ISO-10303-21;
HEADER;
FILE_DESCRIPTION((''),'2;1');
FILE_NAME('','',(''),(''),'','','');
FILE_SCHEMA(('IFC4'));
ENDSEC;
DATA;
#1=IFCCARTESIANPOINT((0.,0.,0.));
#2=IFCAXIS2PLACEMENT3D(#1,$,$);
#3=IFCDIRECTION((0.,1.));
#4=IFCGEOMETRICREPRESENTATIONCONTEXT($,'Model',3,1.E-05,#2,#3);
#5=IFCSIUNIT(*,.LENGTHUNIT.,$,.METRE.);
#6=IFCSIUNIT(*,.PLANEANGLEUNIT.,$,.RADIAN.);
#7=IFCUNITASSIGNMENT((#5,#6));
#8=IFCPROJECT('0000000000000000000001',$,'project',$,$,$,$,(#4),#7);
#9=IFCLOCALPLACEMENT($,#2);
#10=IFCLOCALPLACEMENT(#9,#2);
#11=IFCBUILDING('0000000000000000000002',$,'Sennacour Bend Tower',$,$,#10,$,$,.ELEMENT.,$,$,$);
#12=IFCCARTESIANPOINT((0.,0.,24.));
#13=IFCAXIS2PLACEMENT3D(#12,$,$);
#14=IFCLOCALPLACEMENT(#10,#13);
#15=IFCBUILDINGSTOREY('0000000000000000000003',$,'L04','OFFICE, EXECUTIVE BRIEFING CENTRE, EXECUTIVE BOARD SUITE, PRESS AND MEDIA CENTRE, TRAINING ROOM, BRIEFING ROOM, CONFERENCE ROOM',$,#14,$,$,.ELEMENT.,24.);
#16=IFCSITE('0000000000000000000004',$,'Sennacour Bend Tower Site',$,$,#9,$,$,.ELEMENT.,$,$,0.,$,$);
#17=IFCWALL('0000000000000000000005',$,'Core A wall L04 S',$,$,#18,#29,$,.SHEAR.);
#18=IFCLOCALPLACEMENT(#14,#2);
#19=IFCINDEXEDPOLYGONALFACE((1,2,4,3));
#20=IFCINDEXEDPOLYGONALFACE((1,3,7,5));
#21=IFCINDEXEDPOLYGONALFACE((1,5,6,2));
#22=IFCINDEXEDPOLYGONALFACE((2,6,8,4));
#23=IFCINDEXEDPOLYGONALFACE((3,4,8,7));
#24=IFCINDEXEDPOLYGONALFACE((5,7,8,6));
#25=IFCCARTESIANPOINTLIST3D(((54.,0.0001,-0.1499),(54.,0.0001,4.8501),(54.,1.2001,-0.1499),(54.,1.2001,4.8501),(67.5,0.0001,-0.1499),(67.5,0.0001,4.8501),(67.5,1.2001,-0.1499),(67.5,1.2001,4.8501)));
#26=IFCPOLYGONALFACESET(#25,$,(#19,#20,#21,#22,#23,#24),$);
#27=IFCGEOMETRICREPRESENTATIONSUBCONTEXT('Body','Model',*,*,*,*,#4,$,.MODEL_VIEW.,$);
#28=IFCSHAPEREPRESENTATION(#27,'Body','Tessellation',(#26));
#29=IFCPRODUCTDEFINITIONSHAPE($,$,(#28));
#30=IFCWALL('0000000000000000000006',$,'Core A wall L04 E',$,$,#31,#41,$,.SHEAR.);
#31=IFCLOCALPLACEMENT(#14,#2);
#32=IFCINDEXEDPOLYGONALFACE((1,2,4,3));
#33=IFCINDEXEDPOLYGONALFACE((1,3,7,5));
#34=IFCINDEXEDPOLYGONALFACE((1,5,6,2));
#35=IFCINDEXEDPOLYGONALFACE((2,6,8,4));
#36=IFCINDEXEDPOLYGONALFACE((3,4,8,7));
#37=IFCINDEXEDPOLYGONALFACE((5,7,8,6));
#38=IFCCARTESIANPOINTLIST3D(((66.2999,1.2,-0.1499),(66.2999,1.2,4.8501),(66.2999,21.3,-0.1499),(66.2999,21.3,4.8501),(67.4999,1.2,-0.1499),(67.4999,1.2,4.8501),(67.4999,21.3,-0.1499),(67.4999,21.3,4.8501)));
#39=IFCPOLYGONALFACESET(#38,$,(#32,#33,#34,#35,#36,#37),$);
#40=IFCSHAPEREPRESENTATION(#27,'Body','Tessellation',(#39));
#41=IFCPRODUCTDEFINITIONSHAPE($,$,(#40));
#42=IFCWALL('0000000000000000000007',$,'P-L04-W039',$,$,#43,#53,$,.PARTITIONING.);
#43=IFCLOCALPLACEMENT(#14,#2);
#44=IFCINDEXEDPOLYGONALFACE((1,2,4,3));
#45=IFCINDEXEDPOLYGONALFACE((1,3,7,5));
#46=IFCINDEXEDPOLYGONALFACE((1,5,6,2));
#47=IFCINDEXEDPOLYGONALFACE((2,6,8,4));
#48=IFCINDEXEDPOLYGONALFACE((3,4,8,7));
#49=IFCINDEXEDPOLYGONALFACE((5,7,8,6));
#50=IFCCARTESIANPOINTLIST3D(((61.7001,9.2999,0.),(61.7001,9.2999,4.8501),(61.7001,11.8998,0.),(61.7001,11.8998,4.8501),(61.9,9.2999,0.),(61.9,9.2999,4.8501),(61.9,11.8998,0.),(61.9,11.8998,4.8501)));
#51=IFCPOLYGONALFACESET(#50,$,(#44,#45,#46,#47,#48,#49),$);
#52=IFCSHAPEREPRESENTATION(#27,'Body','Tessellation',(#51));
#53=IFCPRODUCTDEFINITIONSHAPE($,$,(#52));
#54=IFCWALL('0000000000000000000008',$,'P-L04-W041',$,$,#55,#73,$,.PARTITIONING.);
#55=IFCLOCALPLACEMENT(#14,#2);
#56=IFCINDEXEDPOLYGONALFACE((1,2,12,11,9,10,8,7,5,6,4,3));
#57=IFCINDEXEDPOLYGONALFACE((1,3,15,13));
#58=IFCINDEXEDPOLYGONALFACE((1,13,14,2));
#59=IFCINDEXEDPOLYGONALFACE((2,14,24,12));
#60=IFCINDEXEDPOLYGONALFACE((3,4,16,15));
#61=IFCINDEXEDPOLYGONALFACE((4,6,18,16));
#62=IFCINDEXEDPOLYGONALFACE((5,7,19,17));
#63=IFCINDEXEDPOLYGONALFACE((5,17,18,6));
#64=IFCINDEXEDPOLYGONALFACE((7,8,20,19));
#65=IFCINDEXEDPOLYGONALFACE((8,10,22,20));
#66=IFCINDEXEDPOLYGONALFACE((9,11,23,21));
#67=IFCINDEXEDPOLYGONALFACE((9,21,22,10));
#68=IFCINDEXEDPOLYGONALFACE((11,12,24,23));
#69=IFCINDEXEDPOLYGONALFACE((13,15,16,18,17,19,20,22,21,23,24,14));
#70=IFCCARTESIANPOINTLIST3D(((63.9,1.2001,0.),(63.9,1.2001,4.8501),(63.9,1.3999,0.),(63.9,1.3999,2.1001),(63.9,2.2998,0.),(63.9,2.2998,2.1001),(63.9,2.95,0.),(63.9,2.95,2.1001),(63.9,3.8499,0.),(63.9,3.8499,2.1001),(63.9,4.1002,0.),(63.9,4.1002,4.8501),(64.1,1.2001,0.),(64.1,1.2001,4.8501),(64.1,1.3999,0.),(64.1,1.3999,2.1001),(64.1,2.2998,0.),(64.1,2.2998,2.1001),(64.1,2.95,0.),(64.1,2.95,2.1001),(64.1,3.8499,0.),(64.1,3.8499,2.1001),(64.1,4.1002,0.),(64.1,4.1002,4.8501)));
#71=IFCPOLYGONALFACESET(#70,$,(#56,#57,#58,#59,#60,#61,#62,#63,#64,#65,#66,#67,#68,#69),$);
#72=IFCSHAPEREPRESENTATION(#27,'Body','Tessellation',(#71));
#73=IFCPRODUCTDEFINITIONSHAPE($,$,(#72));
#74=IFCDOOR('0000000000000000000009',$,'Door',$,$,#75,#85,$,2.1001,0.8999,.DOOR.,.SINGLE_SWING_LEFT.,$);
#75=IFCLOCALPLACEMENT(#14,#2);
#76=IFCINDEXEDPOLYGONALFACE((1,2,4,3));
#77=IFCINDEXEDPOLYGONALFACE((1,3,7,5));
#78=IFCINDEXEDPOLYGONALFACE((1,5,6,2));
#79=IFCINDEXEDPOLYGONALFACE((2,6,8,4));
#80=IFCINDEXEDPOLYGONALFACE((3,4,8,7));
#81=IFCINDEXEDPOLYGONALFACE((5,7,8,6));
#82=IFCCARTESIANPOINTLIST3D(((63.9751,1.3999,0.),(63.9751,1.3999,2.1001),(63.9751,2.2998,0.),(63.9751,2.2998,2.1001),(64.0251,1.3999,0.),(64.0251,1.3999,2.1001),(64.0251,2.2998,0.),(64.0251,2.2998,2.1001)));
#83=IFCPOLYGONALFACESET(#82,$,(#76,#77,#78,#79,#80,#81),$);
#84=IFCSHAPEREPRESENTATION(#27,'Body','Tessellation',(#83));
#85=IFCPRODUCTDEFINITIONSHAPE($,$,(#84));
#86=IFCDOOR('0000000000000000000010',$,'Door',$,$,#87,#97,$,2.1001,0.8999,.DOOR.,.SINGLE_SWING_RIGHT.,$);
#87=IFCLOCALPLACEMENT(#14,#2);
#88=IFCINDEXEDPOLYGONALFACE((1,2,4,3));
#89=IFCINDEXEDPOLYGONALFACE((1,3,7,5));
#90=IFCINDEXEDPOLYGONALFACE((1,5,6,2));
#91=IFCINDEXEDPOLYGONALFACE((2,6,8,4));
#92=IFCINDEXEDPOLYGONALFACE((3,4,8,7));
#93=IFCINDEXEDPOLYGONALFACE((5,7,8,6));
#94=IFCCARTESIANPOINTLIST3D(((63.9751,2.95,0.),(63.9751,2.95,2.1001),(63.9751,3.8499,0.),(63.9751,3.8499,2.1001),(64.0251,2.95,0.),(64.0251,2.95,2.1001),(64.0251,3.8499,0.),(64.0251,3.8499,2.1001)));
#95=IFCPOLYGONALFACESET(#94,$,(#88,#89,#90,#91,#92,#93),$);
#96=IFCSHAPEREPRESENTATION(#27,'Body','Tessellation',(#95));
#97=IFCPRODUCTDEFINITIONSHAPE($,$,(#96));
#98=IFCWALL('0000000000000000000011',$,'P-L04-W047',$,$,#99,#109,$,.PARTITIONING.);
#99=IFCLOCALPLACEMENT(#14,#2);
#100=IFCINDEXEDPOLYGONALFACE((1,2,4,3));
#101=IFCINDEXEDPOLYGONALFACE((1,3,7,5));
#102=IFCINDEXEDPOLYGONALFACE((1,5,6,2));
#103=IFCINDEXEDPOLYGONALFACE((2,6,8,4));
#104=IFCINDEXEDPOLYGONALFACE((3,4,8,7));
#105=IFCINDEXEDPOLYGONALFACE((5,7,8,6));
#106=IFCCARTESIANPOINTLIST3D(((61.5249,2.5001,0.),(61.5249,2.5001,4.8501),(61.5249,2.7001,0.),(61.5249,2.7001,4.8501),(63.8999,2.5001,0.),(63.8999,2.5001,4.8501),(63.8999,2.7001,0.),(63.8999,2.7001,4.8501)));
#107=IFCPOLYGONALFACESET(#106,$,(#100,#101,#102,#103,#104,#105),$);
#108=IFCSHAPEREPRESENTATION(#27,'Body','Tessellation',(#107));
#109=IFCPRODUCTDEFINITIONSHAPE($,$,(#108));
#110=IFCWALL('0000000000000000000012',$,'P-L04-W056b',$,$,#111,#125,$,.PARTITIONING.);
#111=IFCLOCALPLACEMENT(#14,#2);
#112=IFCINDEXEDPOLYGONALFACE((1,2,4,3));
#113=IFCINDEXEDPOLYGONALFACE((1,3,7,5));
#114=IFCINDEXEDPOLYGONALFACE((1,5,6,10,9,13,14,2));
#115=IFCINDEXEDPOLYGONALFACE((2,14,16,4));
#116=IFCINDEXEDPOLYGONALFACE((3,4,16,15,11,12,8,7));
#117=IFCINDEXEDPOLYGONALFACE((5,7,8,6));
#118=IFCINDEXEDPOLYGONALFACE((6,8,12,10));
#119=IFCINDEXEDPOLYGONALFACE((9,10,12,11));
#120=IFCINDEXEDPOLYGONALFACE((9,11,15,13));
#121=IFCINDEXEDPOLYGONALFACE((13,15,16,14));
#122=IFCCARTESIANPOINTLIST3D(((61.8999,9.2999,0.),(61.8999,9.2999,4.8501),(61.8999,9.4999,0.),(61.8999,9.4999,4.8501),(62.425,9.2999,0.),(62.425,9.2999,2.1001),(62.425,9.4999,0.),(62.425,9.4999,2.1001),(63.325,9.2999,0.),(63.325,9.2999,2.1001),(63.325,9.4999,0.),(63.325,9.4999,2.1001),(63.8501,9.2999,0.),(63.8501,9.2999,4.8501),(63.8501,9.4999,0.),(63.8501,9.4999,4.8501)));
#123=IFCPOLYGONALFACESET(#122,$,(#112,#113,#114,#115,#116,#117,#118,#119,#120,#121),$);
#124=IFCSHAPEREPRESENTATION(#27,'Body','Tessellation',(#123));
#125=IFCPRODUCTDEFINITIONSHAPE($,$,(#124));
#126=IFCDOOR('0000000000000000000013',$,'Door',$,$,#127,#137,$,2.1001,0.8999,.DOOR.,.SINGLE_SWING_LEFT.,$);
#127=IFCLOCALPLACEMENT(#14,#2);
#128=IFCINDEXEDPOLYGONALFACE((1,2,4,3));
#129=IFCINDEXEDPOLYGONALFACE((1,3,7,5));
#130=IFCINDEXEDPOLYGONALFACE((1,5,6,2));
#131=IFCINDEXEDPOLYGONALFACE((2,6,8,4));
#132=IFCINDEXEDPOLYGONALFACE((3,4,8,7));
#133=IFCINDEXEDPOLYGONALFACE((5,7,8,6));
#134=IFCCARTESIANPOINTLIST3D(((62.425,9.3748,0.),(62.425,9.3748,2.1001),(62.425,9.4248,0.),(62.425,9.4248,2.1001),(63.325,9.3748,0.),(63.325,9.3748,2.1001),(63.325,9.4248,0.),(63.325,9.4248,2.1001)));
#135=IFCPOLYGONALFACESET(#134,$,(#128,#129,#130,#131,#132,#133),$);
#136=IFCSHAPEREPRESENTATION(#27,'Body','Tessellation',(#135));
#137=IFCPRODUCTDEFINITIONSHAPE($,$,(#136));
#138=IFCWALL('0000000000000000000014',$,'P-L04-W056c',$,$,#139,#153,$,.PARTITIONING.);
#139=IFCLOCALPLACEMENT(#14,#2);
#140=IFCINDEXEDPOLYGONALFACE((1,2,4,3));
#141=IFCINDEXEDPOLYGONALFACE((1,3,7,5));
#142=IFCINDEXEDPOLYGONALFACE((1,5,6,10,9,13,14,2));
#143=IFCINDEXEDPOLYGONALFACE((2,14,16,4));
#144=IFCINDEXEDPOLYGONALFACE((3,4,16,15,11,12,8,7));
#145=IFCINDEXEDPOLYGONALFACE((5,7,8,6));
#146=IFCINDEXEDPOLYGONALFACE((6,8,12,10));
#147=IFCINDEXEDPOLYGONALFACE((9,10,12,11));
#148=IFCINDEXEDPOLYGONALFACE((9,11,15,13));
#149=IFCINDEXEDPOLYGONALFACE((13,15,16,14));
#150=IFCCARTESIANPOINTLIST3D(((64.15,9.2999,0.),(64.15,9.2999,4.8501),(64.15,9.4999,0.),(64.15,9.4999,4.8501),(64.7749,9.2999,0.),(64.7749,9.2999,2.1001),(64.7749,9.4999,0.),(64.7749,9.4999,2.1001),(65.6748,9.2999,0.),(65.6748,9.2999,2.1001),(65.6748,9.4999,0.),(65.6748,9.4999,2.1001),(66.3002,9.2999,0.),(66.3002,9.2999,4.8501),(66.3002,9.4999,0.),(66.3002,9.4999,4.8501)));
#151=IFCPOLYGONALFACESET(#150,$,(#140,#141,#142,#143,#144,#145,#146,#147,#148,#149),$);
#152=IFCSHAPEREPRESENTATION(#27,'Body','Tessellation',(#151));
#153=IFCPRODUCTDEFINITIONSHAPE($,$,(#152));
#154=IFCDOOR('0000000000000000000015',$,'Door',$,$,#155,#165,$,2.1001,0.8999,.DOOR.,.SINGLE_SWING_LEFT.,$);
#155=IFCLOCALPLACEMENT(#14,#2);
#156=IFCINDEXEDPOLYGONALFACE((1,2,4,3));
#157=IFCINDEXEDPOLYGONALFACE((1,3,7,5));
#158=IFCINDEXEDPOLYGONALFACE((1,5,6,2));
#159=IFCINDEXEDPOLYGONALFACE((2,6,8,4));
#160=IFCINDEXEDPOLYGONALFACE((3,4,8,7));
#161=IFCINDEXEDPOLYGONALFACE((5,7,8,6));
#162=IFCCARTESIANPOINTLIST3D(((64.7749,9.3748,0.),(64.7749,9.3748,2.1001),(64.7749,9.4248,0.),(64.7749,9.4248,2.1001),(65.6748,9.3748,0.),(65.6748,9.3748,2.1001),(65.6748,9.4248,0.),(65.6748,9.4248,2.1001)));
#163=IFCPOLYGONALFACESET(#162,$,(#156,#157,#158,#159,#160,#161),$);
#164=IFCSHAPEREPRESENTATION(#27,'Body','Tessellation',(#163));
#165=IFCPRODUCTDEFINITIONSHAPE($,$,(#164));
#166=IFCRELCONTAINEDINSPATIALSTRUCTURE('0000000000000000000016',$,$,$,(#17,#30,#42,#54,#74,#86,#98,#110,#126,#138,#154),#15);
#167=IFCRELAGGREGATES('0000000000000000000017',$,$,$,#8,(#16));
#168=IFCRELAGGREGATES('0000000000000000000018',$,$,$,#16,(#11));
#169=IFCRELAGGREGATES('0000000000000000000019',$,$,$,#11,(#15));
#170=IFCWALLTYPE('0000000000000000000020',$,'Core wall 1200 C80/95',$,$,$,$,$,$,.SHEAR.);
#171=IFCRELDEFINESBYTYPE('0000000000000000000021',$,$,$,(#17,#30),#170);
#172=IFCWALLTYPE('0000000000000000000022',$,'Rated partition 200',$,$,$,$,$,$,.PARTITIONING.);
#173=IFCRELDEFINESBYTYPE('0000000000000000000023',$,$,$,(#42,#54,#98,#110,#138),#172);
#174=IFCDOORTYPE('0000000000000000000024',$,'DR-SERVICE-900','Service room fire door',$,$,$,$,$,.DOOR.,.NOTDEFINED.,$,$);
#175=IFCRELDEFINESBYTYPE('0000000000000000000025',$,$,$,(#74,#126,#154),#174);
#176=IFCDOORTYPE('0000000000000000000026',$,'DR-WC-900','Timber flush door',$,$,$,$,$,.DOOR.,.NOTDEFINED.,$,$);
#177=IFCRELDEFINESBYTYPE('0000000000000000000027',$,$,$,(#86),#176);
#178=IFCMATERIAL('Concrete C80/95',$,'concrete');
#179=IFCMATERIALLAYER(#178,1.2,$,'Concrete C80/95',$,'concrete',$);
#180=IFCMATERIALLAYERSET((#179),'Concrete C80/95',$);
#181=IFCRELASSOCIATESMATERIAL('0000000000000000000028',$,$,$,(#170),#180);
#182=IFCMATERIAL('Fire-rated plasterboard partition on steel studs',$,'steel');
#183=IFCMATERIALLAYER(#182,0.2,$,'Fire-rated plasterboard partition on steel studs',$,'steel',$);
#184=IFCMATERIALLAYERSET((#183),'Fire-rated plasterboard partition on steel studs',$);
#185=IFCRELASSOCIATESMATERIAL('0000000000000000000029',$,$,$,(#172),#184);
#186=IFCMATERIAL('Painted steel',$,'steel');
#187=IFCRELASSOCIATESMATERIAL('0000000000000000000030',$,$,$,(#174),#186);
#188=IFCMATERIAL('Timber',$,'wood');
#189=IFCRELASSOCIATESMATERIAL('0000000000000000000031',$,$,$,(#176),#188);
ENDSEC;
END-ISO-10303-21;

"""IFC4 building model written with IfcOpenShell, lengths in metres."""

from ifc_helpers import new_model, si_unit, direction, frame, frame_2d, origin, place, context, subcontext, project, spatial, rectangle, extrude, material, layer, layer_set, type_object, element, fill, save


model = new_model("IFC4")

# Units and contexts
model_context = context("Model", 3, precision=1e-05, world=origin(), true_north=direction((0.0, 1.0)))
body_context = subcontext(model_context, "Body", "Model", "MODEL_VIEW")
ifc_project = project(units=[si_unit("LENGTHUNIT", "METRE"), si_unit("PLANEANGLEUNIT", "RADIAN")], contexts=[model_context])

# Site, building, storey
site_placement = place(None, origin())
site = spatial("IfcSite", under=ifc_project, at=site_placement, Name="Sennacour Bend Tower Site", CompositionType="ELEMENT", RefElevation=0.0)
building_placement = place(site_placement, origin())
building = spatial("IfcBuilding", under=site, at=building_placement, Name="Sennacour Bend Tower", CompositionType="ELEMENT")
storey_placement = place(building_placement, frame((0.0, 0.0, 24.0)))
storey = spatial("IfcBuildingStorey", under=building, at=storey_placement, Name="L04", Description="OFFICE, EXECUTIVE BRIEFING CENTRE, EXECUTIVE BOARD SUITE, PRESS AND MEDIA CENTRE, TRAINING ROOM, BRIEFING ROOM, CONFERENCE ROOM", CompositionType="ELEMENT", Elevation=24.0)

# Walls
ifc_material_1 = material(Name="Concrete C80/95", Category="concrete")
ifc_layer_1 = layer(ifc_material_1, 1.2, Name="Concrete C80/95", Category="concrete")
ifc_layer_set_1 = layer_set([ifc_layer_1], Name="Concrete C80/95")
wall_type_1 = type_object("IfcWallType", Name="Core wall 1200 C80/95", PredefinedType="SHEAR", material=ifc_layer_set_1)
wall_1_placement = place(storey_placement, frame((67.5, 0.6001, -0.1499), z_axis=(0.0, 0.0, 1.0), x_axis=(-1.0, 0.0, 0.0)))
element("IfcWall", 1, at=wall_1_placement, inside=storey, type_object=wall_type_1, Name="Core A wall L04 S", PredefinedType="SHEAR", context=body_context, shape_type="SweptSolid", body=[
    extrude(rectangle(XDim=13.5, YDim=1.2, at=frame_2d((6.75, 0.0))), origin(), (0.0, 0.0, 1.0), 5.0),
])
wall_2_placement = place(storey_placement, frame((66.8999, 1.2, -0.1499), z_axis=(0.0, 0.0, 1.0), x_axis=(0.0, 1.0, 0.0)))
element("IfcWall", 2, at=wall_2_placement, inside=storey, type_object=wall_type_1, Name="Core A wall L04 E", PredefinedType="SHEAR", context=body_context, shape_type="SweptSolid", body=[
    extrude(rectangle(XDim=20.1001, YDim=1.2, at=frame_2d((10.05, 0.0))), origin(), (0.0, 0.0, 1.0), 5.0),
])
ifc_material_2 = material(Name="Fire-rated plasterboard partition on steel studs", Category="steel")
ifc_layer_2 = layer(ifc_material_2, 0.2, Name="Fire-rated plasterboard partition on steel studs", Category="steel")
ifc_layer_set_2 = layer_set([ifc_layer_2], Name="Fire-rated plasterboard partition on steel studs")
wall_type_2 = type_object("IfcWallType", Name="Rated partition 200", PredefinedType="PARTITIONING", material=ifc_layer_set_2)
wall_3_placement = place(storey_placement, frame((61.8, 9.3, 0.0), z_axis=(0.0, 0.0, 1.0), x_axis=(0.0, 1.0, 0.0)))
element("IfcWall", 3, at=wall_3_placement, inside=storey, type_object=wall_type_2, Name="P-L04-W039", PredefinedType="PARTITIONING", context=body_context, shape_type="SweptSolid", body=[
    extrude(rectangle(XDim=2.5999, YDim=0.2, at=frame_2d((1.2998, 0.0))), origin(), (0.0, 0.0, 1.0), 4.8501),
])

# Wall, openings, doors
wall_4_placement = place(storey_placement, frame((64.0, 1.2, 0.0), z_axis=(0.0, 0.0, 1.0), x_axis=(0.0, 1.0, 0.0)))
wall_4 = element("IfcWall", 4, at=wall_4_placement, inside=storey, type_object=wall_type_2, Name="P-L04-W041", PredefinedType="PARTITIONING", context=body_context, shape_type="SweptSolid", body=[
    extrude(rectangle(XDim=2.9001, YDim=0.2, at=frame_2d((1.4502, 0.0))), origin(), (0.0, 0.0, 1.0), 4.8501),
])
opening_1_placement = place(wall_4_placement, frame((0.2, 0.0, 0.0)))
opening_1 = element("IfcOpeningElement", 5, at=opening_1_placement, cuts=wall_4, PredefinedType="OPENING", context=body_context, shape_type="SweptSolid", body=[
    extrude(rectangle(XDim=0.8999, YDim=2.1001, at=frame_2d((0.45, 1.05))), frame((0.0, 0.1099, 0.0), z_axis=(0.0, -1.0, 0.0), x_axis=(1.0, 0.0, 0.0)), (0.0, 0.0, 1.0), 0.22),
])
opening_2_placement = place(wall_4_placement, frame((1.75, 0.0, 0.0)))
opening_2 = element("IfcOpeningElement", 6, at=opening_2_placement, cuts=wall_4, PredefinedType="OPENING", context=body_context, shape_type="SweptSolid", body=[
    extrude(rectangle(XDim=0.8999, YDim=2.1001, at=frame_2d((0.45, 1.05))), frame((0.0, 0.1099, 0.0), z_axis=(0.0, -1.0, 0.0), x_axis=(1.0, 0.0, 0.0)), (0.0, 0.0, 1.0), 0.22),
])
ifc_material_3 = material(Name="Painted steel", Category="steel")
door_type_1 = type_object("IfcDoorType", Name="DR-SERVICE-900", Description="Service room fire door", OperationType="NOTDEFINED", PredefinedType="DOOR", material=ifc_material_3)
door_1_placement = place(opening_1_placement, origin())
door_1 = element("IfcDoor", 7, at=door_1_placement, inside=storey, type_object=door_type_1, Name="Door", OperationType="SINGLE_SWING_LEFT", OverallHeight=2.1001, OverallWidth=0.8999, PredefinedType="DOOR", context=body_context, shape_type="SweptSolid", body=[
    extrude(rectangle(XDim=0.8999, YDim=2.1001, at=frame_2d((0.45, 1.05))), frame((0.0, 0.0249, 0.0), z_axis=(0.0, -1.0, 0.0), x_axis=(1.0, 0.0, 0.0)), (0.0, 0.0, 1.0), 0.05),
])
fill(opening_1, door_1)
ifc_material_4 = material(Name="Timber", Category="wood")
door_type_2 = type_object("IfcDoorType", Name="DR-WC-900", Description="Timber flush door", OperationType="NOTDEFINED", PredefinedType="DOOR", material=ifc_material_4)
door_2_placement = place(opening_2_placement, origin())
door_2 = element("IfcDoor", 8, at=door_2_placement, inside=storey, type_object=door_type_2, Name="Door", OperationType="SINGLE_SWING_RIGHT", OverallHeight=2.1001, OverallWidth=0.8999, PredefinedType="DOOR", context=body_context, shape_type="SweptSolid", body=[
    extrude(rectangle(XDim=0.8999, YDim=2.1001, at=frame_2d((0.45, 1.05))), frame((0.0, 0.0249, 0.0), z_axis=(0.0, -1.0, 0.0), x_axis=(1.0, 0.0, 0.0)), (0.0, 0.0, 1.0), 0.05),
])
fill(opening_2, door_2)

# Wall
wall_5_placement = place(storey_placement, frame((61.5249, 2.6001, 0.0), z_axis=(0.0, 0.0, 1.0), x_axis=(1.0, 0.0, 0.0)))
element("IfcWall", 9, at=wall_5_placement, inside=storey, type_object=wall_type_2, Name="P-L04-W047", PredefinedType="PARTITIONING", context=body_context, shape_type="SweptSolid", body=[
    extrude(rectangle(XDim=2.375, YDim=0.2, at=frame_2d((1.1875, 0.0))), origin(), (0.0, 0.0, 1.0), 4.8501),
])

# Walls, openings, doors
wall_6_placement = place(storey_placement, frame((61.8999, 9.3999, 0.0), z_axis=(0.0, 0.0, 1.0), x_axis=(1.0, 0.0, 0.0)))
wall_6 = element("IfcWall", 10, at=wall_6_placement, inside=storey, type_object=wall_type_2, Name="P-L04-W056b", PredefinedType="PARTITIONING", context=body_context, shape_type="SweptSolid", body=[
    extrude(rectangle(XDim=1.9502, YDim=0.2, at=frame_2d((0.9751, 0.0))), origin(), (0.0, 0.0, 1.0), 4.8501),
])
opening_3_placement = place(wall_6_placement, frame((0.5251, 0.0, 0.0)))
opening_3 = element("IfcOpeningElement", 11, at=opening_3_placement, cuts=wall_6, PredefinedType="OPENING", context=body_context, shape_type="SweptSolid", body=[
    extrude(rectangle(XDim=0.8999, YDim=2.1001, at=frame_2d((0.45, 1.05))), frame((0.0, 0.1099, 0.0), z_axis=(0.0, -1.0, 0.0), x_axis=(1.0, 0.0, 0.0)), (0.0, 0.0, 1.0), 0.22),
])
door_3_placement = place(opening_3_placement, origin())
door_3 = element("IfcDoor", 12, at=door_3_placement, inside=storey, type_object=door_type_1, Name="Door", OperationType="SINGLE_SWING_LEFT", OverallHeight=2.1001, OverallWidth=0.8999, PredefinedType="DOOR", context=body_context, shape_type="SweptSolid", body=[
    extrude(rectangle(XDim=0.8999, YDim=2.1001, at=frame_2d((0.45, 1.05))), frame((0.0, 0.0249, 0.0), z_axis=(0.0, -1.0, 0.0), x_axis=(1.0, 0.0, 0.0)), (0.0, 0.0, 1.0), 0.05),
])
fill(opening_3, door_3)
wall_7_placement = place(storey_placement, frame((64.1499, 9.3999, 0.0), z_axis=(0.0, 0.0, 1.0), x_axis=(1.0, 0.0, 0.0)))
wall_7 = element("IfcWall", 13, at=wall_7_placement, inside=storey, type_object=wall_type_2, Name="P-L04-W056c", PredefinedType="PARTITIONING", context=body_context, shape_type="SweptSolid", body=[
    extrude(rectangle(XDim=2.1501, YDim=0.2, at=frame_2d((1.0752, 0.0))), origin(), (0.0, 0.0, 1.0), 4.8501),
])
opening_4_placement = place(wall_7_placement, frame((0.625, 0.0, 0.0)))
opening_4 = element("IfcOpeningElement", 14, at=opening_4_placement, cuts=wall_7, PredefinedType="OPENING", context=body_context, shape_type="SweptSolid", body=[
    extrude(rectangle(XDim=0.8999, YDim=2.1001, at=frame_2d((0.45, 1.05))), frame((0.0, 0.1099, 0.0), z_axis=(0.0, -1.0, 0.0), x_axis=(1.0, 0.0, 0.0)), (0.0, 0.0, 1.0), 0.22),
])
door_4_placement = place(opening_4_placement, origin())
door_4 = element("IfcDoor", 15, at=door_4_placement, inside=storey, type_object=door_type_1, Name="Door", OperationType="SINGLE_SWING_LEFT", OverallHeight=2.1001, OverallWidth=0.8999, PredefinedType="DOOR", context=body_context, shape_type="SweptSolid", body=[
    extrude(rectangle(XDim=0.8999, YDim=2.1001, at=frame_2d((0.45, 1.05))), frame((0.0, 0.0249, 0.0), z_axis=(0.0, -1.0, 0.0), x_axis=(1.0, 0.0, 0.0)), (0.0, 0.0, 1.0), 0.05),
])
fill(opening_4, door_4)

save(model, "model.ifc")
